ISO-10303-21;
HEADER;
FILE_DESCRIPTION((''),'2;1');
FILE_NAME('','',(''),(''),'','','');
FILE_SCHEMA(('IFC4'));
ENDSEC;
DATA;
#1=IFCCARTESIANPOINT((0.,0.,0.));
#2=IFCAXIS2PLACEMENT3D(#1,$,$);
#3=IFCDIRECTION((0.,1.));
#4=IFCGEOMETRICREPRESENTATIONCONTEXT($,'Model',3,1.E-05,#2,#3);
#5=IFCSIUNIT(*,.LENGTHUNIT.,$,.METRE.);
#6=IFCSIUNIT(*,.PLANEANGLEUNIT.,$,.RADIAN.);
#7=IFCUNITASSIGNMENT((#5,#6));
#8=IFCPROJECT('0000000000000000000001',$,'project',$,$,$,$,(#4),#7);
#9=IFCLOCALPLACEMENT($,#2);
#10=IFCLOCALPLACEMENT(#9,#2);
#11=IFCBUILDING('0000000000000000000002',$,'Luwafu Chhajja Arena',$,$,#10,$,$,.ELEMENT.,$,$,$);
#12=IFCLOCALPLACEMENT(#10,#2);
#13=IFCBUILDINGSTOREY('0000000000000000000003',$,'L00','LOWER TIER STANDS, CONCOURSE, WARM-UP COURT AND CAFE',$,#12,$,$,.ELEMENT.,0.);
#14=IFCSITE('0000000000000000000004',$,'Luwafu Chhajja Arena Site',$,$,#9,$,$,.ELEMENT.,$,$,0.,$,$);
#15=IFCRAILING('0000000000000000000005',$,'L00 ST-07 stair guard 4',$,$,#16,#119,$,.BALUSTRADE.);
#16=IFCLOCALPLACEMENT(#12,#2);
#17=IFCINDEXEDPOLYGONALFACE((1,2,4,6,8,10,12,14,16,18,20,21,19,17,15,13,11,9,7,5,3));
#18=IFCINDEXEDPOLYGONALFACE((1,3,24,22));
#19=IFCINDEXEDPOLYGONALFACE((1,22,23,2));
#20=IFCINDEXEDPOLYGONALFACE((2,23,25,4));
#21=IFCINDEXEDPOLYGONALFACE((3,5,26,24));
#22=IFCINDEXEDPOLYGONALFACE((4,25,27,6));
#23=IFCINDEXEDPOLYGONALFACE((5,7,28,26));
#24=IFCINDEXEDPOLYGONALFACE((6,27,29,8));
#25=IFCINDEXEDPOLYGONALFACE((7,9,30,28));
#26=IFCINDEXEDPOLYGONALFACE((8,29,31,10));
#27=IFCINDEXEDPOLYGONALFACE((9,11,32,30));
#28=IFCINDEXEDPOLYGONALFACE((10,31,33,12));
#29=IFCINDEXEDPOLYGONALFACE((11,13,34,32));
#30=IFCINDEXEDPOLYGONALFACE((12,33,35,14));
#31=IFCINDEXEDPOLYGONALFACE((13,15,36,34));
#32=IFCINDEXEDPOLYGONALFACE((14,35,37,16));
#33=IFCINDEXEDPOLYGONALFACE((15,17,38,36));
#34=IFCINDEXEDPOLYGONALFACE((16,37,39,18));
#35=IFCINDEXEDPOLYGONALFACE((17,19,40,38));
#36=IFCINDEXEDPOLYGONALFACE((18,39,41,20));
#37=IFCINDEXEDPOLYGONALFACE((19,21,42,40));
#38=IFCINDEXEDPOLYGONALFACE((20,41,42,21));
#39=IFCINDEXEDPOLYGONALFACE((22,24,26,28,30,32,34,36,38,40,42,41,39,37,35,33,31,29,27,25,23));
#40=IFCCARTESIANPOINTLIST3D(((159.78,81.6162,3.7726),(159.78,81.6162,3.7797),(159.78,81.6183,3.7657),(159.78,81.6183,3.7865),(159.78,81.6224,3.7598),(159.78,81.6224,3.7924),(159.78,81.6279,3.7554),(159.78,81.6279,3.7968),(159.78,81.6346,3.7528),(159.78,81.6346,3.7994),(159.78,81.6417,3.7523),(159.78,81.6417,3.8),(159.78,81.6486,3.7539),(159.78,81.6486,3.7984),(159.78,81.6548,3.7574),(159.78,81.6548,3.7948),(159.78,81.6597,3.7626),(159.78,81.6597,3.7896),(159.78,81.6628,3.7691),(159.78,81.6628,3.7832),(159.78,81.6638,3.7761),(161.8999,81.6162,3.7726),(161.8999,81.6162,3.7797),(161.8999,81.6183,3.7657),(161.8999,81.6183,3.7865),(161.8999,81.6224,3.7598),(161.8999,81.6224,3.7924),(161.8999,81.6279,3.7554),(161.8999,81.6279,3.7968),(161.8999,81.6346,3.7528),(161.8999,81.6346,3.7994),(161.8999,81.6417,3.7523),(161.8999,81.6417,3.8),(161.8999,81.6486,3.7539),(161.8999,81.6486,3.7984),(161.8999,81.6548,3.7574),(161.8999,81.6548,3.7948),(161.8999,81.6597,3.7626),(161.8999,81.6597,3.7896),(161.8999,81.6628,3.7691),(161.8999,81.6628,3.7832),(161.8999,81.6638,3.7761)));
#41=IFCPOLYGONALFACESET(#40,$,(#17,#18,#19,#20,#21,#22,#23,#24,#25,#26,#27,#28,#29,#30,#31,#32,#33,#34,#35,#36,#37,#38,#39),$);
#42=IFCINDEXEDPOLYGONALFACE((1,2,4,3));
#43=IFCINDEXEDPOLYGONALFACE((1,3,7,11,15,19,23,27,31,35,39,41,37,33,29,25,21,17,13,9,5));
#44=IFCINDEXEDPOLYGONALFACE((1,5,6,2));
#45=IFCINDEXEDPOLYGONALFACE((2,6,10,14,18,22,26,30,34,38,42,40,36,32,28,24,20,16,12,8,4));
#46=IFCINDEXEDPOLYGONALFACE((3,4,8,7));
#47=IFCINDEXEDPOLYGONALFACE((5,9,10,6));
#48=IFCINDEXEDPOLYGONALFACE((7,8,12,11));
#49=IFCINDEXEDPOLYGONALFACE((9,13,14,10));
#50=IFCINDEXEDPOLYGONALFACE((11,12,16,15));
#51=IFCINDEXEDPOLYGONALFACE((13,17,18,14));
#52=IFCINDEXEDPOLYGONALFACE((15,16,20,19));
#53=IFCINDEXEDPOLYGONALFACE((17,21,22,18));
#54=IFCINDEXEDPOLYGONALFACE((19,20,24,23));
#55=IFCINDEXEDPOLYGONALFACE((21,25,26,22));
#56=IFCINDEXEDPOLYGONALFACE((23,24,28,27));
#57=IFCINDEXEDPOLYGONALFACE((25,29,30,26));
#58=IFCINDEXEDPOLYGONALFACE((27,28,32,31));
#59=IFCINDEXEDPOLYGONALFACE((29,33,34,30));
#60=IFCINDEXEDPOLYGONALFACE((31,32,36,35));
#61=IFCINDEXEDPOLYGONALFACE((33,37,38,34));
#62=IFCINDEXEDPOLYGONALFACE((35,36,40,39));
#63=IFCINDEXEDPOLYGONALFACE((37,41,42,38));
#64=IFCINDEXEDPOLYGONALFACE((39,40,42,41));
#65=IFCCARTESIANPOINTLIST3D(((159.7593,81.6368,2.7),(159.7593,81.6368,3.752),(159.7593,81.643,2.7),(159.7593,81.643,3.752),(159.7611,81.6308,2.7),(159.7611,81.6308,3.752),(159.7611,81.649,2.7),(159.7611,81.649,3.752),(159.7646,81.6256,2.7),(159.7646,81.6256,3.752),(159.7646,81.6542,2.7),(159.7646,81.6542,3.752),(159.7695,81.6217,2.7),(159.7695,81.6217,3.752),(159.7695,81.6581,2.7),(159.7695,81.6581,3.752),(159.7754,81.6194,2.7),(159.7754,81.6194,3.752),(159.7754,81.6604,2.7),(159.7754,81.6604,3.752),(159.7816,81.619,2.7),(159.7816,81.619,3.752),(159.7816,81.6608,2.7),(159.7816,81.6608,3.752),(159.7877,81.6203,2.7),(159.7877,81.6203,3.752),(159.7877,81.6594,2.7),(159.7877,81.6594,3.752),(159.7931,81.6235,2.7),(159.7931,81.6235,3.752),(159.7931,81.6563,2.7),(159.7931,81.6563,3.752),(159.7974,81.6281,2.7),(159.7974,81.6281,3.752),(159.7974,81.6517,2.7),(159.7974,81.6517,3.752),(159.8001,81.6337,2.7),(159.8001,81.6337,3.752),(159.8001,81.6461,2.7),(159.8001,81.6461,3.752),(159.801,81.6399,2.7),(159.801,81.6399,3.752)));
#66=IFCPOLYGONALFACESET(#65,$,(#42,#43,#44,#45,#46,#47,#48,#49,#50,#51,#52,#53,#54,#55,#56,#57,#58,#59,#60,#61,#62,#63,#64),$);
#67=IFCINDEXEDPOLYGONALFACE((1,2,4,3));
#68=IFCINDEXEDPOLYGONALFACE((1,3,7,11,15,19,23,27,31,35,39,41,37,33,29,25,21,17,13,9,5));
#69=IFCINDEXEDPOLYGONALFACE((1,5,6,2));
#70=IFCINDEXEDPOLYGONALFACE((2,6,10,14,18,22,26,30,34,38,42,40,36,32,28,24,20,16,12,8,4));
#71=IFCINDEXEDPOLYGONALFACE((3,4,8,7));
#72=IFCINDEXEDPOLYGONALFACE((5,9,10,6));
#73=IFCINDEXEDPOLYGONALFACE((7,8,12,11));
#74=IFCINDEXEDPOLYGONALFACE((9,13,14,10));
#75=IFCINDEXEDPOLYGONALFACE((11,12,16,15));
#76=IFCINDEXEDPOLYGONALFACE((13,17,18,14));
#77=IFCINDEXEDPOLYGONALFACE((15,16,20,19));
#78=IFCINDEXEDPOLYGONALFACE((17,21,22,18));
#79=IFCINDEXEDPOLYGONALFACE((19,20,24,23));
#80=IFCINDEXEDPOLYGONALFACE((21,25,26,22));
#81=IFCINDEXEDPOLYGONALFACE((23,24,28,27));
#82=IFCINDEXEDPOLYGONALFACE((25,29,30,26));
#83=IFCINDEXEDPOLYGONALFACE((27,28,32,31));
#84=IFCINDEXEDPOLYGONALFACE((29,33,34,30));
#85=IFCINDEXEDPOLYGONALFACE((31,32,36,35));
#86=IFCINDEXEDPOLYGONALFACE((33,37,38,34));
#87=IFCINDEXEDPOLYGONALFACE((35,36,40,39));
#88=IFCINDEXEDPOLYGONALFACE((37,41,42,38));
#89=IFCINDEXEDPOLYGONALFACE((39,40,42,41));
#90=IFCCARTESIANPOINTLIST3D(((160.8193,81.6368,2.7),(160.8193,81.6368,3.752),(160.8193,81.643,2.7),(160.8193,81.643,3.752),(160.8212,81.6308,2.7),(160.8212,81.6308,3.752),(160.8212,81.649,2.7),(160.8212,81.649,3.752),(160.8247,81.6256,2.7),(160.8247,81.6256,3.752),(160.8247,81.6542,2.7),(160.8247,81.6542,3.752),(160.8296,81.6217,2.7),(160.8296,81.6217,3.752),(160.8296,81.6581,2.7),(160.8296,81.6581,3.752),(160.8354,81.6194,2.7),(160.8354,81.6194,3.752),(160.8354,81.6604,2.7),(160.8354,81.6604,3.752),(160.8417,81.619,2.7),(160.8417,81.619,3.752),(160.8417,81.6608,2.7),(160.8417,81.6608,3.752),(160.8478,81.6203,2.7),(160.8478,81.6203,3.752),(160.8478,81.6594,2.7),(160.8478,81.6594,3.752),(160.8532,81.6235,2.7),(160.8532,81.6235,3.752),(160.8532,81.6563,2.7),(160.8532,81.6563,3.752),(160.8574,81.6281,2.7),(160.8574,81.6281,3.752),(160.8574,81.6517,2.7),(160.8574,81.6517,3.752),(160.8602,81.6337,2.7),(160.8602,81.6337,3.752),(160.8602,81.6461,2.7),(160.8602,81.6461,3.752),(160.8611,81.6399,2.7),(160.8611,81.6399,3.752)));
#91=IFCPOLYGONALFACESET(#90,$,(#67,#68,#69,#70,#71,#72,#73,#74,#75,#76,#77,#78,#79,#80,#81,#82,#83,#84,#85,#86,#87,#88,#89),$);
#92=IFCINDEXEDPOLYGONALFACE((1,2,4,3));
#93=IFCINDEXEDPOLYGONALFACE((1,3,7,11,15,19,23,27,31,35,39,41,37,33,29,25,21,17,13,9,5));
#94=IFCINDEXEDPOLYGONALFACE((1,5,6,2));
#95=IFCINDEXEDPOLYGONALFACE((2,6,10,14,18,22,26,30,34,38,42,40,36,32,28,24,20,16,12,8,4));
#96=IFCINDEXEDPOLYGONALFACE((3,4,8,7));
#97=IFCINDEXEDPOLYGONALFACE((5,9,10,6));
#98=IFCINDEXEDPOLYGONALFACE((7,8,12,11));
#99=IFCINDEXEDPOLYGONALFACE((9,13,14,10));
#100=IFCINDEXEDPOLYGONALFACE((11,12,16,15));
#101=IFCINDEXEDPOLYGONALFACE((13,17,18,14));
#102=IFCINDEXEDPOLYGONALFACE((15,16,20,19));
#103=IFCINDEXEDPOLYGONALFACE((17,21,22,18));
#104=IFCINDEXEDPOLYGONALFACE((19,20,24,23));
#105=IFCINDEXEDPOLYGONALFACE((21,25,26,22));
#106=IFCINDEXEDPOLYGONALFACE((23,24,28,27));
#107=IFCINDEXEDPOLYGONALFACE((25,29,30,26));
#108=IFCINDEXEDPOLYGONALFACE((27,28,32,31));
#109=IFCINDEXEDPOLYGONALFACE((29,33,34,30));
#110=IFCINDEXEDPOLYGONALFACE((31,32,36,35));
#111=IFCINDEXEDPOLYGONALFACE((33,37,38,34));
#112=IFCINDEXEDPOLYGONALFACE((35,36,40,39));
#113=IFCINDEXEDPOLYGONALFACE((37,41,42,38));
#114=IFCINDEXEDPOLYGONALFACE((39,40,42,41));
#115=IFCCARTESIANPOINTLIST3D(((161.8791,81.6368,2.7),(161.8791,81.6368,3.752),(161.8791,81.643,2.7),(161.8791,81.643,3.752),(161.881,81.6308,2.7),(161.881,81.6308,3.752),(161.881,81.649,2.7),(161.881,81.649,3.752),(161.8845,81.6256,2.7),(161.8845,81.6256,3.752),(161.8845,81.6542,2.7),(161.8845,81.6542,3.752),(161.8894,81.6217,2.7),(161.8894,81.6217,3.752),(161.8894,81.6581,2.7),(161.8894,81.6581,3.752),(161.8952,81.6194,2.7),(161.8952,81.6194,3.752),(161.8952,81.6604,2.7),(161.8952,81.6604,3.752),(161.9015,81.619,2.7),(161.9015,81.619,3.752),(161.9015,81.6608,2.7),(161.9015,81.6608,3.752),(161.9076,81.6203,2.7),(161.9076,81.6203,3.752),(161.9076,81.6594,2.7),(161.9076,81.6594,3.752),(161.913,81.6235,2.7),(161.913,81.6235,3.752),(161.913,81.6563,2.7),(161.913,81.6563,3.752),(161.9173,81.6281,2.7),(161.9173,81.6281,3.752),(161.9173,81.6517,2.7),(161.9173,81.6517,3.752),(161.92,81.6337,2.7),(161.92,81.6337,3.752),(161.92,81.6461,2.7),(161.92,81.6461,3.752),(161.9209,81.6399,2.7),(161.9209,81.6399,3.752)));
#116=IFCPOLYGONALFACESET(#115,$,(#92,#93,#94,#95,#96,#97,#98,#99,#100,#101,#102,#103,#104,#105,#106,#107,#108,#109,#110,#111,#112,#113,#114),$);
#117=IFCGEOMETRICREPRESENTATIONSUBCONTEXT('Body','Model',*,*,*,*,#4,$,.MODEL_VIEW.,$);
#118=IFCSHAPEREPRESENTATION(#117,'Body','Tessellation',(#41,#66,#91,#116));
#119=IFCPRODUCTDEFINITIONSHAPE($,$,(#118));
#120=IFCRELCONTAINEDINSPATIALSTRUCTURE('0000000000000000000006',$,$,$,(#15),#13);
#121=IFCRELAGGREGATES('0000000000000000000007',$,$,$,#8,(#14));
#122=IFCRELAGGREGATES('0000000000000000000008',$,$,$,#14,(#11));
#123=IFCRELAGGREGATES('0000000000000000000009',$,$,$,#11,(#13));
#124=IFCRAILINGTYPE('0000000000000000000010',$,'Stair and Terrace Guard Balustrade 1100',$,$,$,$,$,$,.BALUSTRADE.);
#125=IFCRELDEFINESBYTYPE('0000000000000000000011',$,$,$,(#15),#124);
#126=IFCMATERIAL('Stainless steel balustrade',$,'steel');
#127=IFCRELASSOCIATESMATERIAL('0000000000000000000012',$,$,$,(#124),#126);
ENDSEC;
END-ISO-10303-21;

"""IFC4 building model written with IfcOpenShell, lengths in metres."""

from ifc_helpers import new_model, si_unit, direction, frame, origin, origin_2d, place, context, subcontext, project, spatial, circle, extrude, material, type_object, element, save


model = new_model("IFC4")

# Units and contexts
model_context = context("Model", 3, precision=1e-05, world=origin(), true_north=direction((0.0, 1.0)))
body_context = subcontext(model_context, "Body", "Model", "MODEL_VIEW")
ifc_project = project(units=[si_unit("LENGTHUNIT", "METRE"), si_unit("PLANEANGLEUNIT", "RADIAN")], contexts=[model_context])

# Site, building, storey
site_placement = place(None, origin())
site = spatial("IfcSite", under=ifc_project, at=site_placement, Name="Luwafu Chhajja Arena Site", CompositionType="ELEMENT", RefElevation=0.0)
building_placement = place(site_placement, origin())
building = spatial("IfcBuilding", under=site, at=building_placement, Name="Luwafu Chhajja Arena", CompositionType="ELEMENT")
storey_placement = place(building_placement, origin())
storey = spatial("IfcBuildingStorey", under=building, at=storey_placement, Name="L00", Description="LOWER TIER STANDS, CONCOURSE, WARM-UP COURT AND CAFE", CompositionType="ELEMENT", Elevation=0.0)

# Railing
ifc_material_1 = material(Name="Stainless steel balustrade", Category="steel")
railing_type_1 = type_object("IfcRailingType", Name="Stair and Terrace Guard Balustrade 1100", PredefinedType="BALUSTRADE", material=ifc_material_1)
for number, where, name in (
    (1, (159.78, 81.6399, 2.7), "L00 ST-07 stair guard 4"),
):
    element("IfcRailing", number, at=place(storey_placement, frame(where)), inside=storey, type_object=railing_type_1, Name=name, PredefinedType="BALUSTRADE", context=body_context, shape_type="SweptSolid", body=[
        extrude(circle(Radius=0.0239, at=origin_2d()), frame((0.0, 0.0, 1.0762), z_axis=(1.0, 0.0, 0.0), x_axis=(0.0, 1.0, 0.0)), (0.0, 0.0, 1.0), 2.1199),
        extrude(circle(Radius=0.021, at=origin_2d()), origin(), (0.0, 0.0, 1.0), 1.052),
        extrude(circle(Radius=0.021, at=origin_2d()), frame((1.0601, 0.0, 0.0)), (0.0, 0.0, 1.0), 1.052),
        extrude(circle(Radius=0.021, at=origin_2d()), frame((2.1199, 0.0, 0.0)), (0.0, 0.0, 1.0), 1.052),
    ])

save(model, "model.ifc")
